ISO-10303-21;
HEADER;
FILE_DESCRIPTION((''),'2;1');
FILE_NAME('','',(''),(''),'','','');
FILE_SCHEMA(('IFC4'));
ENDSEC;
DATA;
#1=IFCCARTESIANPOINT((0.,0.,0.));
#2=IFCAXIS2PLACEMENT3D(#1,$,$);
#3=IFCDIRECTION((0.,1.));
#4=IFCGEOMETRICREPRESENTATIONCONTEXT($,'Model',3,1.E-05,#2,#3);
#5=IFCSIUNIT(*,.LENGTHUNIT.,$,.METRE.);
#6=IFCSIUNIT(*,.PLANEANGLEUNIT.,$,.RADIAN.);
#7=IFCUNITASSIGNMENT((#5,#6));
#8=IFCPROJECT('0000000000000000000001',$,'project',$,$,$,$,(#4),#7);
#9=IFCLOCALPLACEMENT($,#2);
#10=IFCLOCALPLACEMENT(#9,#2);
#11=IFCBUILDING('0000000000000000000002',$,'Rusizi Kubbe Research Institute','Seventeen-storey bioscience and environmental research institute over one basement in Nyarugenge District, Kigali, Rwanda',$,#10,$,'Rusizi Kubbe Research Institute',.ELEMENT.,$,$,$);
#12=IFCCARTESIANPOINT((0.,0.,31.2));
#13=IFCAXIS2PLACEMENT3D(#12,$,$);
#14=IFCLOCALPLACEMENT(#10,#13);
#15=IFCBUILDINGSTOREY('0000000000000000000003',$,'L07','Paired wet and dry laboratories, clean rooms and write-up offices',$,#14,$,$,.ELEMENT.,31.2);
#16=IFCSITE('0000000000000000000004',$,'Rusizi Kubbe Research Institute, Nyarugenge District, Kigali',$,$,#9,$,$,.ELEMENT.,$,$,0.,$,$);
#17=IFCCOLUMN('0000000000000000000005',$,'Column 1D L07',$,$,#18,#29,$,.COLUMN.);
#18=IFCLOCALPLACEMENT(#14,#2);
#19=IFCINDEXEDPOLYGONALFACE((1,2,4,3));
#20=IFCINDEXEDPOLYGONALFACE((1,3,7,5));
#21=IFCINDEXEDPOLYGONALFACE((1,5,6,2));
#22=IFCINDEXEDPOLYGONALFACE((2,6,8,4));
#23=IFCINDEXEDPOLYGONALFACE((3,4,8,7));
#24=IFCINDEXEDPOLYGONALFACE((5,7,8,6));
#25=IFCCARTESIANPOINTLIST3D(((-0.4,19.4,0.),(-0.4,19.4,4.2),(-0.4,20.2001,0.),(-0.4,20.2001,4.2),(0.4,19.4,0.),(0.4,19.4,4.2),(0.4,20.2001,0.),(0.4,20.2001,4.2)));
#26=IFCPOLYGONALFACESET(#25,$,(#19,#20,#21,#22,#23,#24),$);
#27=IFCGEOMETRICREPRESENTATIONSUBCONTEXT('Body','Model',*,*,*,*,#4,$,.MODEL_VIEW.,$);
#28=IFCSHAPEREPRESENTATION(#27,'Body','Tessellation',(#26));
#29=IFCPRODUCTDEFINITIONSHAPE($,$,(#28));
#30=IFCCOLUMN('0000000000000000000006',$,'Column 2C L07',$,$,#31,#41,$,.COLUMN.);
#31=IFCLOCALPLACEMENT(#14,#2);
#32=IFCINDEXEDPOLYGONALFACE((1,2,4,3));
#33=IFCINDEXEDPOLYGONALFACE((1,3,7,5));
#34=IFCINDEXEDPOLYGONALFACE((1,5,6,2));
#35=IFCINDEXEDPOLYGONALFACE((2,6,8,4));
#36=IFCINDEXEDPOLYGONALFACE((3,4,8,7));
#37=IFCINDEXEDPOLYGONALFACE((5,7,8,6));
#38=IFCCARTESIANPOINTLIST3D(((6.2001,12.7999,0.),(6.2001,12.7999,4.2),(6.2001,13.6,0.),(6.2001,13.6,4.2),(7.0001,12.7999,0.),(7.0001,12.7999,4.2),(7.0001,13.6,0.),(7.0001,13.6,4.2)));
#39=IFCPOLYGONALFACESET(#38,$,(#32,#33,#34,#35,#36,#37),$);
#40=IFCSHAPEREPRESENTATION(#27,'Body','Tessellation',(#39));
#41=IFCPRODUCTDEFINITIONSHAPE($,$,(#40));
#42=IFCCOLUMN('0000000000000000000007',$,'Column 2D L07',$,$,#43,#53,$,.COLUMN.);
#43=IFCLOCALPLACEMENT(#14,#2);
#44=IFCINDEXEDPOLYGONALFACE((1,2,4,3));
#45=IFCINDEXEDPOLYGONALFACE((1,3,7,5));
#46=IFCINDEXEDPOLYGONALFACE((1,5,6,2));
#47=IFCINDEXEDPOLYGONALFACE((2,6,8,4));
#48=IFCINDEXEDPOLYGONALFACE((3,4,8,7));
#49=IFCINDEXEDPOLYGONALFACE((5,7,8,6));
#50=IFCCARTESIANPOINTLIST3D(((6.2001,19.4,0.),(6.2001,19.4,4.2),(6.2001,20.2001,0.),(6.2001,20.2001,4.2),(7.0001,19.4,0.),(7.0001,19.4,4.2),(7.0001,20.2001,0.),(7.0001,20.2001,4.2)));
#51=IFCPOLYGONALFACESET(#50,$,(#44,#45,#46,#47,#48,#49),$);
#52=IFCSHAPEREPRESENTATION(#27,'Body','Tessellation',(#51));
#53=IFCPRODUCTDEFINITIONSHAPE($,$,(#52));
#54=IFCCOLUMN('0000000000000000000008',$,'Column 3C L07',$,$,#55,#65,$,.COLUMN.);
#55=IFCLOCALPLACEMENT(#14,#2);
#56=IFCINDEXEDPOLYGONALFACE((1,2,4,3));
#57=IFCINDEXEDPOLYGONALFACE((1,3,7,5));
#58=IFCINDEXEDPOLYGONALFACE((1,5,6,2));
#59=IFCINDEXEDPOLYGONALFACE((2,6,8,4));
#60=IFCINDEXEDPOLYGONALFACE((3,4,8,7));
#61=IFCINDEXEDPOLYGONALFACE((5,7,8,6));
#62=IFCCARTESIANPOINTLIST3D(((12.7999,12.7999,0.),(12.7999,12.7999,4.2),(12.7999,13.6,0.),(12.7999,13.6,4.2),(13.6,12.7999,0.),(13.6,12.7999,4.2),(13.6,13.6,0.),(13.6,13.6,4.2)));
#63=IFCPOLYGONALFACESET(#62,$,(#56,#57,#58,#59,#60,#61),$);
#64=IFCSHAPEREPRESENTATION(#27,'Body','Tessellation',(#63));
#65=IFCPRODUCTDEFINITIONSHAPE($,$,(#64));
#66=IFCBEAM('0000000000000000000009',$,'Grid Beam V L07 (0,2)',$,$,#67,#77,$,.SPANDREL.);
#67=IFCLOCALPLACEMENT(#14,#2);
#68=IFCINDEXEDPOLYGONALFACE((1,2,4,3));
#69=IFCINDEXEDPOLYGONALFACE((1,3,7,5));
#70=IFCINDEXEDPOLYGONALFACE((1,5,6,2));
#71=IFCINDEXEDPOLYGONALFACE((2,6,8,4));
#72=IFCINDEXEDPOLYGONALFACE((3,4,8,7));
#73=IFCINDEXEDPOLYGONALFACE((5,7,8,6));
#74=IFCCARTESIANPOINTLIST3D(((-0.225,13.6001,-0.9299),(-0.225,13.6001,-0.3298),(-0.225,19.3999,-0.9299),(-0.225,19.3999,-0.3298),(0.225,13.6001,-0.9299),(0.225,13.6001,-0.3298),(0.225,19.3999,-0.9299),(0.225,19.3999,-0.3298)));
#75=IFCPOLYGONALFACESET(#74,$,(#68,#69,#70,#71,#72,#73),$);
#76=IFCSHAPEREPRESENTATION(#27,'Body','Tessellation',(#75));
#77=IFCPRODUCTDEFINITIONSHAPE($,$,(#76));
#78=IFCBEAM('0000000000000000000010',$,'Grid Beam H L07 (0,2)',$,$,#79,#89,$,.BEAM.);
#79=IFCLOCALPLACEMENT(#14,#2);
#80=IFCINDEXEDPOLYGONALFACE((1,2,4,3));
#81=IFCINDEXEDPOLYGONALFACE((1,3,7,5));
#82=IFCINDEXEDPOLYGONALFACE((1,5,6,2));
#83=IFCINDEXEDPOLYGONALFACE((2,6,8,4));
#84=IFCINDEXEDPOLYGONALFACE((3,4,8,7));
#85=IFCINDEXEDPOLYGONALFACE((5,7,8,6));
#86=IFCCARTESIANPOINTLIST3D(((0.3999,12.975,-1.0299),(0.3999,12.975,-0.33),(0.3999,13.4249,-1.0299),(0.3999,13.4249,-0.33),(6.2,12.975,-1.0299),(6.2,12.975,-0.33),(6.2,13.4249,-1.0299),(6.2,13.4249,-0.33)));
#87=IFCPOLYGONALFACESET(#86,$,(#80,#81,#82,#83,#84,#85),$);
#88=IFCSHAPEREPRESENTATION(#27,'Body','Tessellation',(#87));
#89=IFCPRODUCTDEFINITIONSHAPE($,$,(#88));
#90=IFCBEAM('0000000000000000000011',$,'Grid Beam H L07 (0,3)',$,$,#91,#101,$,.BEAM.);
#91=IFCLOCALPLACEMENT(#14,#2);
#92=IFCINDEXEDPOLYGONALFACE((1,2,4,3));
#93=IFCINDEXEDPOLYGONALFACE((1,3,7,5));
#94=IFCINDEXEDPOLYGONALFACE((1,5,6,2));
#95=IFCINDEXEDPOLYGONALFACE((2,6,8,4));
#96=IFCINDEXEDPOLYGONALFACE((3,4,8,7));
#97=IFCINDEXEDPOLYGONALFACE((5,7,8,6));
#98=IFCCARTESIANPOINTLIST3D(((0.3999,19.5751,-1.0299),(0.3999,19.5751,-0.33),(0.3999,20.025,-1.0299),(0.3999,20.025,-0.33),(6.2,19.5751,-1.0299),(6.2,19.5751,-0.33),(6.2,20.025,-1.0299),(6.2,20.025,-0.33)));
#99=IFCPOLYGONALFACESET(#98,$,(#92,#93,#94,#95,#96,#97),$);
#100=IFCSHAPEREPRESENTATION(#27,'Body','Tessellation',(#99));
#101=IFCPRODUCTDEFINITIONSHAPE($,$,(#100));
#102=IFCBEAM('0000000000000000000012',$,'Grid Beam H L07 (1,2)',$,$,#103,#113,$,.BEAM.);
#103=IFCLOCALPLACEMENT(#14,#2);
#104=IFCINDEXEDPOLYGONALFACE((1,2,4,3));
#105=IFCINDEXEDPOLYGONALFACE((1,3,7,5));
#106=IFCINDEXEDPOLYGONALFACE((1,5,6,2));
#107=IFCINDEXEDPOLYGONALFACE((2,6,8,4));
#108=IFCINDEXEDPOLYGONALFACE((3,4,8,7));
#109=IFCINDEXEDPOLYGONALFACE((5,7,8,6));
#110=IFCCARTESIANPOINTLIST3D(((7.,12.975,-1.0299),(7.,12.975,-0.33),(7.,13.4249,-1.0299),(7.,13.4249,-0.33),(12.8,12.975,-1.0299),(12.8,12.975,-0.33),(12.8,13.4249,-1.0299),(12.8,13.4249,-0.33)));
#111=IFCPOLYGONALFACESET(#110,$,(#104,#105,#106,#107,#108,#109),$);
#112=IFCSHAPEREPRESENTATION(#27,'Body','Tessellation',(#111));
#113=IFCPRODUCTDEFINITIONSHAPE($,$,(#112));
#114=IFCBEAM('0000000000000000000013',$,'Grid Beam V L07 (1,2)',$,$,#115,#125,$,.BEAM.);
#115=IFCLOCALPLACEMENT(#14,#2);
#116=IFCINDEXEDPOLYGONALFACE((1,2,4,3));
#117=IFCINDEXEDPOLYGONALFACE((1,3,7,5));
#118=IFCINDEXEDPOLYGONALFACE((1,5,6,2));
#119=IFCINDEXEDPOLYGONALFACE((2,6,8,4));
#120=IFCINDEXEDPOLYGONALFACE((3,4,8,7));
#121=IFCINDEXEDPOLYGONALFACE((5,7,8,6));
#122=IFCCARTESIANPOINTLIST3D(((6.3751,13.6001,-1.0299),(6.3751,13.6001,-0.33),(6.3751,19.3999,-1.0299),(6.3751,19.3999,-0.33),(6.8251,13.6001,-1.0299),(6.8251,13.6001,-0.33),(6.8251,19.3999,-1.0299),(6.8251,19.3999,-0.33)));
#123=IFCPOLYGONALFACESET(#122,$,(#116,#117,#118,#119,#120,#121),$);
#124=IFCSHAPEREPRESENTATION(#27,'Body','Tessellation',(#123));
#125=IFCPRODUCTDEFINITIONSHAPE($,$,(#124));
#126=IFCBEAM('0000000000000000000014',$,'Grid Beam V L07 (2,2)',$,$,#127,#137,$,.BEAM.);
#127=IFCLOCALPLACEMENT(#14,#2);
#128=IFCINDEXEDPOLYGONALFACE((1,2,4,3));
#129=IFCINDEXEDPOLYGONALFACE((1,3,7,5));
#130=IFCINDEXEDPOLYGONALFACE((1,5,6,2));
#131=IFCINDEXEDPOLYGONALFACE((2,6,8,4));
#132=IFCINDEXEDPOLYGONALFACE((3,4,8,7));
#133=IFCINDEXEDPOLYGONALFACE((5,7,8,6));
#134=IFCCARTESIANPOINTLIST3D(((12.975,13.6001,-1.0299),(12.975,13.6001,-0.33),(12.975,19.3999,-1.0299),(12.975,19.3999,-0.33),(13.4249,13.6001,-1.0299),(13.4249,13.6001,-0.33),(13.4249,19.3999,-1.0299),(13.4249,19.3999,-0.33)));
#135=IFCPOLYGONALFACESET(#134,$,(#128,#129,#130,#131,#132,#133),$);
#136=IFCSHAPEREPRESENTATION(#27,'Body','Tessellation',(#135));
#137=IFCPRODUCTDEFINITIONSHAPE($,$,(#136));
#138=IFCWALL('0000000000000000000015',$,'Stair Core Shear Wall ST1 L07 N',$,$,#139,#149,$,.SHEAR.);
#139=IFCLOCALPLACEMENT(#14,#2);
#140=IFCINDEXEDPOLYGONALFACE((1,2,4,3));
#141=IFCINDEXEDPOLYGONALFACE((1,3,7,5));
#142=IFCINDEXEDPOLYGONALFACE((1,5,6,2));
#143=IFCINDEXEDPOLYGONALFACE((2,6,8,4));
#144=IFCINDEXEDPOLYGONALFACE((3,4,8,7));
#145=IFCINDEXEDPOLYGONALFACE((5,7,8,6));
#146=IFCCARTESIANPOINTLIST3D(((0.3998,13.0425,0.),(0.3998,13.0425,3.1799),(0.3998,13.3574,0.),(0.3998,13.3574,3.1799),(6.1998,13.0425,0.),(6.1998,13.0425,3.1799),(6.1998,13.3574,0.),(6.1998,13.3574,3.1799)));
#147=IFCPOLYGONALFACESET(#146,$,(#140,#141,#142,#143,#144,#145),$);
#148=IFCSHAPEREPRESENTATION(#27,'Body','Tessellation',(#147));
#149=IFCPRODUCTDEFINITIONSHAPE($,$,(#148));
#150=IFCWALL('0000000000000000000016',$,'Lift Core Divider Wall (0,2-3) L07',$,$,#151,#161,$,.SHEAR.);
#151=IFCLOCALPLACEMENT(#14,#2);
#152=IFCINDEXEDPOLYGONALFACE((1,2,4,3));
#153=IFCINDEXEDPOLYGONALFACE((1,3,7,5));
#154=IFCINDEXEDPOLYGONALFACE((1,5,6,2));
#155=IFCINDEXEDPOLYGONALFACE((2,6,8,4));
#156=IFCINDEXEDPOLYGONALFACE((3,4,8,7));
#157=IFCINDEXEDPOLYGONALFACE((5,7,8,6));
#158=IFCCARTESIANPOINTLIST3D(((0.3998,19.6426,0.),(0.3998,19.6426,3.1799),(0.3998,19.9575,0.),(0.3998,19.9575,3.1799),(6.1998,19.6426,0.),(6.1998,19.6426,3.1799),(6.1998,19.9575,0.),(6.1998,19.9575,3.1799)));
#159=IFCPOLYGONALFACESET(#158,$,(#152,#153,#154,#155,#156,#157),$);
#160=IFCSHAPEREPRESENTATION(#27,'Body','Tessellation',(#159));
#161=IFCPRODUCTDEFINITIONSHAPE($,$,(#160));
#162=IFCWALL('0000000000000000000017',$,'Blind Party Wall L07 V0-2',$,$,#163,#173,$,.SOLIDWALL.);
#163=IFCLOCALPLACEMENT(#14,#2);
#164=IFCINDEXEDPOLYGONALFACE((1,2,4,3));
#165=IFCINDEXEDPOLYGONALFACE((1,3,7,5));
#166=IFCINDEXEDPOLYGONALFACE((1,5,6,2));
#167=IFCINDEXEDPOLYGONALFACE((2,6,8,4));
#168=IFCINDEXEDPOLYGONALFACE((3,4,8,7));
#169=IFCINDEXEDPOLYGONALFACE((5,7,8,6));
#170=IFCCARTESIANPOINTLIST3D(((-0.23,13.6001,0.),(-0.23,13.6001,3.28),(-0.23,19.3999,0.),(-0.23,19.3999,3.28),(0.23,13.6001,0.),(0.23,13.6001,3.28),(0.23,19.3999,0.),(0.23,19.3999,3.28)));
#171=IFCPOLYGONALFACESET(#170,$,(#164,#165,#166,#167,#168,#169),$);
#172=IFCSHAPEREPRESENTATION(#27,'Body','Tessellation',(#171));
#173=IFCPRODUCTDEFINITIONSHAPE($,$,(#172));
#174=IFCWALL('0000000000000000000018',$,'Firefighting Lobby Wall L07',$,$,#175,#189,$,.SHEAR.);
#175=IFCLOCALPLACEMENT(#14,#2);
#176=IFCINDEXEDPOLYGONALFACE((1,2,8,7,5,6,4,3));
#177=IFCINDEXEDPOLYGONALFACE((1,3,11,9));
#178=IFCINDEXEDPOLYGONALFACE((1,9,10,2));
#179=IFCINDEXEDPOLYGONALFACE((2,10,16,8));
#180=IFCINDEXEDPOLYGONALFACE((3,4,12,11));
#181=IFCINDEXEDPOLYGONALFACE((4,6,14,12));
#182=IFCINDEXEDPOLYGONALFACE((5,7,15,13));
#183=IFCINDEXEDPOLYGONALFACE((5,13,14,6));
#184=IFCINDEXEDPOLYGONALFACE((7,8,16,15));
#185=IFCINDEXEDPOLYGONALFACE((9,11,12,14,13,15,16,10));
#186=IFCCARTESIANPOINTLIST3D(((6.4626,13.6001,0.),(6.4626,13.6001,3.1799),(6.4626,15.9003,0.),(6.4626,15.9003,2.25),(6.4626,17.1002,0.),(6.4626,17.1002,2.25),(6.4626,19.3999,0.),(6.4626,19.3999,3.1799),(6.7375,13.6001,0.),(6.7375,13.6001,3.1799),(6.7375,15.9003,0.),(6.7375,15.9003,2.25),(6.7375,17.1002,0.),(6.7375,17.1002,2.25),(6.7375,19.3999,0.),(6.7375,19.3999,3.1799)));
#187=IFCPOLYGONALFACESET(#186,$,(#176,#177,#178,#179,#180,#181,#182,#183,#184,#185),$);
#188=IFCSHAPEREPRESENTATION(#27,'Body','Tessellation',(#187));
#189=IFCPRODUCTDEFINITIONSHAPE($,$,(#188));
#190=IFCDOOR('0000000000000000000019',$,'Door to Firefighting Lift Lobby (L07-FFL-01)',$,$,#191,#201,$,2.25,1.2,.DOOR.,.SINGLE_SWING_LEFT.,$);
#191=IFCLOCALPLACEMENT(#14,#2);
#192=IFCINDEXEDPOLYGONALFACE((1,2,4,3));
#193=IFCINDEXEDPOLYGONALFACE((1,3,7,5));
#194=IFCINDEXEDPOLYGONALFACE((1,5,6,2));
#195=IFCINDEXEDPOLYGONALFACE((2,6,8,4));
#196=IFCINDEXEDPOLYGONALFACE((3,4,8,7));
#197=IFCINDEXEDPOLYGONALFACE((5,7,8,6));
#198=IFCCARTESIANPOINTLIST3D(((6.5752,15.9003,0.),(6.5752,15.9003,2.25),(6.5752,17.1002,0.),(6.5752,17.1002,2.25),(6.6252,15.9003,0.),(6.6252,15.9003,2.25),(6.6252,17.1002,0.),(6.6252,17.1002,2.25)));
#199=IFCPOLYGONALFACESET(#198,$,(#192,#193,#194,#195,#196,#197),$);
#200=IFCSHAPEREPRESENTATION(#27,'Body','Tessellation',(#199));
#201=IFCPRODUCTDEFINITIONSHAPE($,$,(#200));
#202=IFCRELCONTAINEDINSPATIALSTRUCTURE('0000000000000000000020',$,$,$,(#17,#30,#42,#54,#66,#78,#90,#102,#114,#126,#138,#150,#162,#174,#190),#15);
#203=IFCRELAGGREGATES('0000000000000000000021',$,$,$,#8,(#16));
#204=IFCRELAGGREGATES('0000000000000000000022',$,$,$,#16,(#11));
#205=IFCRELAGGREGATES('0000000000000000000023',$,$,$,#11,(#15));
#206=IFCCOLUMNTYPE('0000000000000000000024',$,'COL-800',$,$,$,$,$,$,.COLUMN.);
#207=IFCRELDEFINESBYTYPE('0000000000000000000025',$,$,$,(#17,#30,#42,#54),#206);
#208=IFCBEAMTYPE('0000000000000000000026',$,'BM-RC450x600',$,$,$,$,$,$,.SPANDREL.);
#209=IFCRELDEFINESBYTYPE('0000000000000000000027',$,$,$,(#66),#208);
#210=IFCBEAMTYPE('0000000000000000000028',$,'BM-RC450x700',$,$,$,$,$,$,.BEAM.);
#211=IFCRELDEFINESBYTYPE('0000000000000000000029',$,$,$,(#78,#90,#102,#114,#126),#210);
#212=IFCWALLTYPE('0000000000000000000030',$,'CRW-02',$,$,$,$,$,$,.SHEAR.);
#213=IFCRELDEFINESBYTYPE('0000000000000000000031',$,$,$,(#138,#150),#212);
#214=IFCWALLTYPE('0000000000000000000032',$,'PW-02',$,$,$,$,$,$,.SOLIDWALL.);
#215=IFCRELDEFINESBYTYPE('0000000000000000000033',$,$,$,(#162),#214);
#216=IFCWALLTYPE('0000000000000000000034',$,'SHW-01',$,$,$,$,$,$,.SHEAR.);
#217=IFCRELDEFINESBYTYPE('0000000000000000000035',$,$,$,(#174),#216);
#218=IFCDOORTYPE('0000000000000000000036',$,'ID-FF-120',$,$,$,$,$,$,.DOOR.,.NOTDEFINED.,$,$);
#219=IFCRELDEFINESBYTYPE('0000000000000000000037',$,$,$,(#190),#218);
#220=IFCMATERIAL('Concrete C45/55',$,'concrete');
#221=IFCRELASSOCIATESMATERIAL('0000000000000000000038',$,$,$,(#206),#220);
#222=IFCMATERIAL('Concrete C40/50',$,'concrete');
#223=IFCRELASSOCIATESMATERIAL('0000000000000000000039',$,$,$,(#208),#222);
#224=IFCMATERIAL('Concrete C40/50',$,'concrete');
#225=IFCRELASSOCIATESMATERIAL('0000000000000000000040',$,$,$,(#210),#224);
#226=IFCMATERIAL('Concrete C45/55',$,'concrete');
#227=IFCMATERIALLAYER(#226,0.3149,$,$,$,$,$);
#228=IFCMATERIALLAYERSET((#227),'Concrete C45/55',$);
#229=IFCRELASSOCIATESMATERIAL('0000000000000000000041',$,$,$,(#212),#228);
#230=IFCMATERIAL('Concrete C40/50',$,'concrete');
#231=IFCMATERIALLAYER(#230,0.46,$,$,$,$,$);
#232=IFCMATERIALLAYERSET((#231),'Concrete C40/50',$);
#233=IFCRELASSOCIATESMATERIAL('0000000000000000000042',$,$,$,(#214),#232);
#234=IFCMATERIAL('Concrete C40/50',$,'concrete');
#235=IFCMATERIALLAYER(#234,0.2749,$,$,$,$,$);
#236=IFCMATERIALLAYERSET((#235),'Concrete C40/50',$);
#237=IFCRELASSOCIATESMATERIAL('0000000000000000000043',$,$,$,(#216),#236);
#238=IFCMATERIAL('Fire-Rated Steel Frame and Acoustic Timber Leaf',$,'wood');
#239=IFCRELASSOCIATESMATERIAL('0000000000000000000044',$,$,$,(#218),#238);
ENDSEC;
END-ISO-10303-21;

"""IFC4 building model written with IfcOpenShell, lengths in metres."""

from ifc_helpers import new_model, si_unit, direction, frame, frame_2d, origin, origin_2d, place, context, subcontext, project, spatial, rectangle, extrude, material, layer, layer_set, material_profile, profile_set, type_object, element, fill, save


model = new_model("IFC4")

# Units and contexts
model_context = context("Model", 3, precision=1e-05, world=origin(), true_north=direction((0.0, 1.0)))
body_context = subcontext(model_context, "Body", "Model", "MODEL_VIEW")
ifc_project = project(units=[si_unit("LENGTHUNIT", "METRE"), si_unit("PLANEANGLEUNIT", "RADIAN")], contexts=[model_context])

# Site, building, storey
site_placement = place(None, origin())
site = spatial("IfcSite", under=ifc_project, at=site_placement, Name="Rusizi Kubbe Research Institute, Nyarugenge District, Kigali", CompositionType="ELEMENT", RefElevation=0.0)
building_placement = place(site_placement, origin())
building = spatial("IfcBuilding", under=site, at=building_placement, Name="Rusizi Kubbe Research Institute", Description="Seventeen-storey bioscience and environmental research institute over one basement in Nyarugenge District, Kigali, Rwanda", LongName="Rusizi Kubbe Research Institute", CompositionType="ELEMENT")
storey_placement = place(building_placement, frame((0.0, 0.0, 31.2)))
storey = spatial("IfcBuildingStorey", under=building, at=storey_placement, Name="L07", Description="Paired wet and dry laboratories, clean rooms and write-up offices", CompositionType="ELEMENT", Elevation=31.2)

# Columns
ifc_material_1 = material(Name="Concrete C45/55", Category="concrete")
ifc_material_profile_1 = material_profile(ifc_material_1, rectangle(XDim=0.8, YDim=0.8, at=origin_2d()), Name="RC800x800")
ifc_profile_set_1 = profile_set([ifc_material_profile_1], Name="Concrete C45/55")
column_type = type_object("IfcColumnType", Name="COL-800", PredefinedType="COLUMN", material=ifc_profile_set_1)
for number, where, z_axis, x_axis, name in (
    (1, (0.0, 19.8, 0.0), (0.0, 0.0, 1.0), (1.0, 0.0, 0.0), "Column 1D L07"),
    (2, (6.6001, 13.2, 0.0), (0.0, 0.0, 1.0), (1.0, 0.0, 0.0), "Column 2C L07"),
    (3, (6.6001, 19.8, 0.0), (0.0, 0.0, 1.0), (1.0, 0.0, 0.0), "Column 2D L07"),
    (4, (13.2, 13.2, 0.0), (0.0, 0.0, 1.0), (1.0, 0.0, 0.0), "Column 3C L07"),
):
    element("IfcColumn", number, at=place(storey_placement, frame(where, z_axis=z_axis, x_axis=x_axis)), inside=storey, type_object=column_type, Name=name, PredefinedType="COLUMN", context=body_context, shape_type="SweptSolid", body=[
        extrude(rectangle(XDim=0.8, YDim=0.8, at=origin_2d()), origin(), (0.0, 0.0, 1.0), 4.2),
    ])

# Beams
ifc_material_2 = material(Name="Concrete C40/50", Category="concrete")
ifc_material_profile_2 = material_profile(ifc_material_2, rectangle(XDim=0.45, YDim=0.6001, at=origin_2d()), Name="RC450x600")
ifc_profile_set_2 = profile_set([ifc_material_profile_2], Name="Concrete C40/50")
beam_type_1 = type_object("IfcBeamType", Name="BM-RC450x600", PredefinedType="SPANDREL", material=ifc_profile_set_2)
beam_placement = place(storey_placement, frame((0.0, 13.6001, -0.6299), z_axis=(0.0, 1.0, 0.0), x_axis=(-1.0, 0.0, 0.0)))
element("IfcBeam", 5, at=beam_placement, inside=storey, type_object=beam_type_1, Name="Grid Beam V L07 (0,2)", PredefinedType="SPANDREL", context=body_context, shape_type="SweptSolid", body=[
    extrude(rectangle(XDim=0.45, YDim=0.6001, at=origin_2d()), origin(), (0.0, 0.0, 1.0), 5.7998),
])
ifc_material_3 = material(Name="Concrete C40/50", Category="concrete")
ifc_material_profile_3 = material_profile(ifc_material_3, rectangle(XDim=0.45, YDim=0.7, at=origin_2d()), Name="RC450x700B")
ifc_profile_set_3 = profile_set([ifc_material_profile_3], Name="Concrete C40/50")
beam_type_2 = type_object("IfcBeamType", Name="BM-RC450x700", PredefinedType="BEAM", material=ifc_profile_set_3)
for number, where, z_axis, x_axis, name in (
    (6, (0.3999, 13.2, -0.6799), (1.0, 0.0, 0.0), (0.0, 1.0, 0.0), "Grid Beam H L07 (0,2)"),
    (7, (0.3999, 19.8, -0.6799), (1.0, 0.0, 0.0), (0.0, 1.0, 0.0), "Grid Beam H L07 (0,3)"),
    (8, (7.0, 13.2, -0.6799), (1.0, 0.0, 0.0), (0.0, 1.0, 0.0), "Grid Beam H L07 (1,2)"),
):
    element("IfcBeam", number, at=place(storey_placement, frame(where, z_axis=z_axis, x_axis=x_axis)), inside=storey, type_object=beam_type_2, Name=name, PredefinedType="BEAM", context=body_context, shape_type="SweptSolid", body=[
        extrude(rectangle(XDim=0.45, YDim=0.7, at=origin_2d()), origin(), (0.0, 0.0, 1.0), 5.8),
    ])
for number, where, z_axis, x_axis, name in (
    (9, (6.6001, 13.6001, -0.6799), (0.0, 1.0, 0.0), (-1.0, 0.0, 0.0), "Grid Beam V L07 (1,2)"),
    (10, (13.2, 13.6001, -0.6799), (0.0, 1.0, 0.0), (-1.0, 0.0, 0.0), "Grid Beam V L07 (2,2)"),
):
    element("IfcBeam", number, at=place(storey_placement, frame(where, z_axis=z_axis, x_axis=x_axis)), inside=storey, type_object=beam_type_2, Name=name, PredefinedType="BEAM", context=body_context, shape_type="SweptSolid", body=[
        extrude(rectangle(XDim=0.45, YDim=0.7, at=origin_2d()), origin(), (0.0, 0.0, 1.0), 5.7998),
    ])

# Walls
ifc_material_4 = material(Name="Concrete C45/55", Category="concrete")
ifc_layer_1 = layer(ifc_material_4, 0.3149)
ifc_layer_set_1 = layer_set([ifc_layer_1], Name="Concrete C45/55")
wall_type_1 = type_object("IfcWallType", Name="CRW-02", PredefinedType="SHEAR", material=ifc_layer_set_1)
for number, where, z_axis, x_axis, name in (
    (11, (0.3999, 13.2, 0.0), (0.0, 0.0, 1.0), (1.0, 0.0, 0.0), "Stair Core Shear Wall ST1 L07 N"),
    (12, (0.3999, 19.8, 0.0), (0.0, 0.0, 1.0), (1.0, 0.0, 0.0), "Lift Core Divider Wall (0,2-3) L07"),
):
    element("IfcWall", number, at=place(storey_placement, frame(where, z_axis=z_axis, x_axis=x_axis)), inside=storey, type_object=wall_type_1, Name=name, PredefinedType="SHEAR", context=body_context, shape_type="SweptSolid", body=[
        extrude(rectangle(XDim=5.8, YDim=0.3149, at=frame_2d((2.8999, 0.0))), origin(), (0.0, 0.0, 1.0), 3.1799),
    ])

# Wall
ifc_material_5 = material(Name="Concrete C40/50", Category="concrete")
ifc_layer_2 = layer(ifc_material_5, 0.46)
ifc_layer_set_2 = layer_set([ifc_layer_2], Name="Concrete C40/50")
wall_type_2 = type_object("IfcWallType", Name="PW-02", PredefinedType="SOLIDWALL", material=ifc_layer_set_2)
wall_1_placement = place(storey_placement, frame((0.0, 13.6001, 0.0), z_axis=(0.0, 0.0, 1.0), x_axis=(0.0, 1.0, 0.0)))
element("IfcWall", 13, at=wall_1_placement, inside=storey, type_object=wall_type_2, Name="Blind Party Wall L07 V0-2", PredefinedType="SOLIDWALL", context=body_context, shape_type="SweptSolid", body=[
    extrude(rectangle(XDim=5.7998, YDim=0.46, at=frame_2d((2.8999, 0.0))), origin(), (0.0, 0.0, 1.0), 3.28),
])

# Wall, opening, door
ifc_material_6 = material(Name="Concrete C40/50", Category="concrete")
ifc_layer_3 = layer(ifc_material_6, 0.2749)
ifc_layer_set_3 = layer_set([ifc_layer_3], Name="Concrete C40/50")
wall_type_3 = type_object("IfcWallType", Name="SHW-01", PredefinedType="SHEAR", material=ifc_layer_set_3)
wall_2_placement = place(storey_placement, frame((6.6001, 13.6001, 0.0), z_axis=(0.0, 0.0, 1.0), x_axis=(0.0, 1.0, 0.0)))
wall_2 = element("IfcWall", 14, at=wall_2_placement, inside=storey, type_object=wall_type_3, Name="Firefighting Lobby Wall L07", PredefinedType="SHEAR", context=body_context, shape_type="SweptSolid", body=[
    extrude(rectangle(XDim=5.7998, YDim=0.2749, at=frame_2d((2.8999, 0.0))), origin(), (0.0, 0.0, 1.0), 3.1799),
])
opening_1_placement = place(wall_2_placement, frame((2.3, 0.0, 0.0)))
opening_1 = element("IfcOpeningElement", 15, at=opening_1_placement, cuts=wall_2, PredefinedType="OPENING", context=body_context, shape_type="SweptSolid", body=[
    extrude(rectangle(XDim=1.2, YDim=2.25, at=frame_2d((0.6001, 1.125))), frame((0.0, 0.1475, 0.0), z_axis=(0.0, -1.0, 0.0), x_axis=(1.0, 0.0, 0.0)), (0.0, 0.0, 1.0), 0.2949),
])
ifc_material_7 = material(Name="Fire-Rated Steel Frame and Acoustic Timber Leaf", Category="wood")
door_type_1 = type_object("IfcDoorType", Name="ID-FF-120", OperationType="NOTDEFINED", PredefinedType="DOOR", material=ifc_material_7)
door_1_placement = place(opening_1_placement, origin())
door_1 = element("IfcDoor", 16, at=door_1_placement, inside=storey, type_object=door_type_1, Name="Door to Firefighting Lift Lobby (L07-FFL-01)", OperationType="SINGLE_SWING_LEFT", OverallHeight=2.25, OverallWidth=1.2, PredefinedType="DOOR", context=body_context, shape_type="SweptSolid", body=[
    extrude(rectangle(XDim=1.2, YDim=2.25, at=frame_2d((0.6001, 1.125))), frame((0.0, 0.0249, 0.0), z_axis=(0.0, -1.0, 0.0), x_axis=(1.0, 0.0, 0.0)), (0.0, 0.0, 1.0), 0.05),
])
fill(opening_1, door_1)

save(model, "model.ifc")
